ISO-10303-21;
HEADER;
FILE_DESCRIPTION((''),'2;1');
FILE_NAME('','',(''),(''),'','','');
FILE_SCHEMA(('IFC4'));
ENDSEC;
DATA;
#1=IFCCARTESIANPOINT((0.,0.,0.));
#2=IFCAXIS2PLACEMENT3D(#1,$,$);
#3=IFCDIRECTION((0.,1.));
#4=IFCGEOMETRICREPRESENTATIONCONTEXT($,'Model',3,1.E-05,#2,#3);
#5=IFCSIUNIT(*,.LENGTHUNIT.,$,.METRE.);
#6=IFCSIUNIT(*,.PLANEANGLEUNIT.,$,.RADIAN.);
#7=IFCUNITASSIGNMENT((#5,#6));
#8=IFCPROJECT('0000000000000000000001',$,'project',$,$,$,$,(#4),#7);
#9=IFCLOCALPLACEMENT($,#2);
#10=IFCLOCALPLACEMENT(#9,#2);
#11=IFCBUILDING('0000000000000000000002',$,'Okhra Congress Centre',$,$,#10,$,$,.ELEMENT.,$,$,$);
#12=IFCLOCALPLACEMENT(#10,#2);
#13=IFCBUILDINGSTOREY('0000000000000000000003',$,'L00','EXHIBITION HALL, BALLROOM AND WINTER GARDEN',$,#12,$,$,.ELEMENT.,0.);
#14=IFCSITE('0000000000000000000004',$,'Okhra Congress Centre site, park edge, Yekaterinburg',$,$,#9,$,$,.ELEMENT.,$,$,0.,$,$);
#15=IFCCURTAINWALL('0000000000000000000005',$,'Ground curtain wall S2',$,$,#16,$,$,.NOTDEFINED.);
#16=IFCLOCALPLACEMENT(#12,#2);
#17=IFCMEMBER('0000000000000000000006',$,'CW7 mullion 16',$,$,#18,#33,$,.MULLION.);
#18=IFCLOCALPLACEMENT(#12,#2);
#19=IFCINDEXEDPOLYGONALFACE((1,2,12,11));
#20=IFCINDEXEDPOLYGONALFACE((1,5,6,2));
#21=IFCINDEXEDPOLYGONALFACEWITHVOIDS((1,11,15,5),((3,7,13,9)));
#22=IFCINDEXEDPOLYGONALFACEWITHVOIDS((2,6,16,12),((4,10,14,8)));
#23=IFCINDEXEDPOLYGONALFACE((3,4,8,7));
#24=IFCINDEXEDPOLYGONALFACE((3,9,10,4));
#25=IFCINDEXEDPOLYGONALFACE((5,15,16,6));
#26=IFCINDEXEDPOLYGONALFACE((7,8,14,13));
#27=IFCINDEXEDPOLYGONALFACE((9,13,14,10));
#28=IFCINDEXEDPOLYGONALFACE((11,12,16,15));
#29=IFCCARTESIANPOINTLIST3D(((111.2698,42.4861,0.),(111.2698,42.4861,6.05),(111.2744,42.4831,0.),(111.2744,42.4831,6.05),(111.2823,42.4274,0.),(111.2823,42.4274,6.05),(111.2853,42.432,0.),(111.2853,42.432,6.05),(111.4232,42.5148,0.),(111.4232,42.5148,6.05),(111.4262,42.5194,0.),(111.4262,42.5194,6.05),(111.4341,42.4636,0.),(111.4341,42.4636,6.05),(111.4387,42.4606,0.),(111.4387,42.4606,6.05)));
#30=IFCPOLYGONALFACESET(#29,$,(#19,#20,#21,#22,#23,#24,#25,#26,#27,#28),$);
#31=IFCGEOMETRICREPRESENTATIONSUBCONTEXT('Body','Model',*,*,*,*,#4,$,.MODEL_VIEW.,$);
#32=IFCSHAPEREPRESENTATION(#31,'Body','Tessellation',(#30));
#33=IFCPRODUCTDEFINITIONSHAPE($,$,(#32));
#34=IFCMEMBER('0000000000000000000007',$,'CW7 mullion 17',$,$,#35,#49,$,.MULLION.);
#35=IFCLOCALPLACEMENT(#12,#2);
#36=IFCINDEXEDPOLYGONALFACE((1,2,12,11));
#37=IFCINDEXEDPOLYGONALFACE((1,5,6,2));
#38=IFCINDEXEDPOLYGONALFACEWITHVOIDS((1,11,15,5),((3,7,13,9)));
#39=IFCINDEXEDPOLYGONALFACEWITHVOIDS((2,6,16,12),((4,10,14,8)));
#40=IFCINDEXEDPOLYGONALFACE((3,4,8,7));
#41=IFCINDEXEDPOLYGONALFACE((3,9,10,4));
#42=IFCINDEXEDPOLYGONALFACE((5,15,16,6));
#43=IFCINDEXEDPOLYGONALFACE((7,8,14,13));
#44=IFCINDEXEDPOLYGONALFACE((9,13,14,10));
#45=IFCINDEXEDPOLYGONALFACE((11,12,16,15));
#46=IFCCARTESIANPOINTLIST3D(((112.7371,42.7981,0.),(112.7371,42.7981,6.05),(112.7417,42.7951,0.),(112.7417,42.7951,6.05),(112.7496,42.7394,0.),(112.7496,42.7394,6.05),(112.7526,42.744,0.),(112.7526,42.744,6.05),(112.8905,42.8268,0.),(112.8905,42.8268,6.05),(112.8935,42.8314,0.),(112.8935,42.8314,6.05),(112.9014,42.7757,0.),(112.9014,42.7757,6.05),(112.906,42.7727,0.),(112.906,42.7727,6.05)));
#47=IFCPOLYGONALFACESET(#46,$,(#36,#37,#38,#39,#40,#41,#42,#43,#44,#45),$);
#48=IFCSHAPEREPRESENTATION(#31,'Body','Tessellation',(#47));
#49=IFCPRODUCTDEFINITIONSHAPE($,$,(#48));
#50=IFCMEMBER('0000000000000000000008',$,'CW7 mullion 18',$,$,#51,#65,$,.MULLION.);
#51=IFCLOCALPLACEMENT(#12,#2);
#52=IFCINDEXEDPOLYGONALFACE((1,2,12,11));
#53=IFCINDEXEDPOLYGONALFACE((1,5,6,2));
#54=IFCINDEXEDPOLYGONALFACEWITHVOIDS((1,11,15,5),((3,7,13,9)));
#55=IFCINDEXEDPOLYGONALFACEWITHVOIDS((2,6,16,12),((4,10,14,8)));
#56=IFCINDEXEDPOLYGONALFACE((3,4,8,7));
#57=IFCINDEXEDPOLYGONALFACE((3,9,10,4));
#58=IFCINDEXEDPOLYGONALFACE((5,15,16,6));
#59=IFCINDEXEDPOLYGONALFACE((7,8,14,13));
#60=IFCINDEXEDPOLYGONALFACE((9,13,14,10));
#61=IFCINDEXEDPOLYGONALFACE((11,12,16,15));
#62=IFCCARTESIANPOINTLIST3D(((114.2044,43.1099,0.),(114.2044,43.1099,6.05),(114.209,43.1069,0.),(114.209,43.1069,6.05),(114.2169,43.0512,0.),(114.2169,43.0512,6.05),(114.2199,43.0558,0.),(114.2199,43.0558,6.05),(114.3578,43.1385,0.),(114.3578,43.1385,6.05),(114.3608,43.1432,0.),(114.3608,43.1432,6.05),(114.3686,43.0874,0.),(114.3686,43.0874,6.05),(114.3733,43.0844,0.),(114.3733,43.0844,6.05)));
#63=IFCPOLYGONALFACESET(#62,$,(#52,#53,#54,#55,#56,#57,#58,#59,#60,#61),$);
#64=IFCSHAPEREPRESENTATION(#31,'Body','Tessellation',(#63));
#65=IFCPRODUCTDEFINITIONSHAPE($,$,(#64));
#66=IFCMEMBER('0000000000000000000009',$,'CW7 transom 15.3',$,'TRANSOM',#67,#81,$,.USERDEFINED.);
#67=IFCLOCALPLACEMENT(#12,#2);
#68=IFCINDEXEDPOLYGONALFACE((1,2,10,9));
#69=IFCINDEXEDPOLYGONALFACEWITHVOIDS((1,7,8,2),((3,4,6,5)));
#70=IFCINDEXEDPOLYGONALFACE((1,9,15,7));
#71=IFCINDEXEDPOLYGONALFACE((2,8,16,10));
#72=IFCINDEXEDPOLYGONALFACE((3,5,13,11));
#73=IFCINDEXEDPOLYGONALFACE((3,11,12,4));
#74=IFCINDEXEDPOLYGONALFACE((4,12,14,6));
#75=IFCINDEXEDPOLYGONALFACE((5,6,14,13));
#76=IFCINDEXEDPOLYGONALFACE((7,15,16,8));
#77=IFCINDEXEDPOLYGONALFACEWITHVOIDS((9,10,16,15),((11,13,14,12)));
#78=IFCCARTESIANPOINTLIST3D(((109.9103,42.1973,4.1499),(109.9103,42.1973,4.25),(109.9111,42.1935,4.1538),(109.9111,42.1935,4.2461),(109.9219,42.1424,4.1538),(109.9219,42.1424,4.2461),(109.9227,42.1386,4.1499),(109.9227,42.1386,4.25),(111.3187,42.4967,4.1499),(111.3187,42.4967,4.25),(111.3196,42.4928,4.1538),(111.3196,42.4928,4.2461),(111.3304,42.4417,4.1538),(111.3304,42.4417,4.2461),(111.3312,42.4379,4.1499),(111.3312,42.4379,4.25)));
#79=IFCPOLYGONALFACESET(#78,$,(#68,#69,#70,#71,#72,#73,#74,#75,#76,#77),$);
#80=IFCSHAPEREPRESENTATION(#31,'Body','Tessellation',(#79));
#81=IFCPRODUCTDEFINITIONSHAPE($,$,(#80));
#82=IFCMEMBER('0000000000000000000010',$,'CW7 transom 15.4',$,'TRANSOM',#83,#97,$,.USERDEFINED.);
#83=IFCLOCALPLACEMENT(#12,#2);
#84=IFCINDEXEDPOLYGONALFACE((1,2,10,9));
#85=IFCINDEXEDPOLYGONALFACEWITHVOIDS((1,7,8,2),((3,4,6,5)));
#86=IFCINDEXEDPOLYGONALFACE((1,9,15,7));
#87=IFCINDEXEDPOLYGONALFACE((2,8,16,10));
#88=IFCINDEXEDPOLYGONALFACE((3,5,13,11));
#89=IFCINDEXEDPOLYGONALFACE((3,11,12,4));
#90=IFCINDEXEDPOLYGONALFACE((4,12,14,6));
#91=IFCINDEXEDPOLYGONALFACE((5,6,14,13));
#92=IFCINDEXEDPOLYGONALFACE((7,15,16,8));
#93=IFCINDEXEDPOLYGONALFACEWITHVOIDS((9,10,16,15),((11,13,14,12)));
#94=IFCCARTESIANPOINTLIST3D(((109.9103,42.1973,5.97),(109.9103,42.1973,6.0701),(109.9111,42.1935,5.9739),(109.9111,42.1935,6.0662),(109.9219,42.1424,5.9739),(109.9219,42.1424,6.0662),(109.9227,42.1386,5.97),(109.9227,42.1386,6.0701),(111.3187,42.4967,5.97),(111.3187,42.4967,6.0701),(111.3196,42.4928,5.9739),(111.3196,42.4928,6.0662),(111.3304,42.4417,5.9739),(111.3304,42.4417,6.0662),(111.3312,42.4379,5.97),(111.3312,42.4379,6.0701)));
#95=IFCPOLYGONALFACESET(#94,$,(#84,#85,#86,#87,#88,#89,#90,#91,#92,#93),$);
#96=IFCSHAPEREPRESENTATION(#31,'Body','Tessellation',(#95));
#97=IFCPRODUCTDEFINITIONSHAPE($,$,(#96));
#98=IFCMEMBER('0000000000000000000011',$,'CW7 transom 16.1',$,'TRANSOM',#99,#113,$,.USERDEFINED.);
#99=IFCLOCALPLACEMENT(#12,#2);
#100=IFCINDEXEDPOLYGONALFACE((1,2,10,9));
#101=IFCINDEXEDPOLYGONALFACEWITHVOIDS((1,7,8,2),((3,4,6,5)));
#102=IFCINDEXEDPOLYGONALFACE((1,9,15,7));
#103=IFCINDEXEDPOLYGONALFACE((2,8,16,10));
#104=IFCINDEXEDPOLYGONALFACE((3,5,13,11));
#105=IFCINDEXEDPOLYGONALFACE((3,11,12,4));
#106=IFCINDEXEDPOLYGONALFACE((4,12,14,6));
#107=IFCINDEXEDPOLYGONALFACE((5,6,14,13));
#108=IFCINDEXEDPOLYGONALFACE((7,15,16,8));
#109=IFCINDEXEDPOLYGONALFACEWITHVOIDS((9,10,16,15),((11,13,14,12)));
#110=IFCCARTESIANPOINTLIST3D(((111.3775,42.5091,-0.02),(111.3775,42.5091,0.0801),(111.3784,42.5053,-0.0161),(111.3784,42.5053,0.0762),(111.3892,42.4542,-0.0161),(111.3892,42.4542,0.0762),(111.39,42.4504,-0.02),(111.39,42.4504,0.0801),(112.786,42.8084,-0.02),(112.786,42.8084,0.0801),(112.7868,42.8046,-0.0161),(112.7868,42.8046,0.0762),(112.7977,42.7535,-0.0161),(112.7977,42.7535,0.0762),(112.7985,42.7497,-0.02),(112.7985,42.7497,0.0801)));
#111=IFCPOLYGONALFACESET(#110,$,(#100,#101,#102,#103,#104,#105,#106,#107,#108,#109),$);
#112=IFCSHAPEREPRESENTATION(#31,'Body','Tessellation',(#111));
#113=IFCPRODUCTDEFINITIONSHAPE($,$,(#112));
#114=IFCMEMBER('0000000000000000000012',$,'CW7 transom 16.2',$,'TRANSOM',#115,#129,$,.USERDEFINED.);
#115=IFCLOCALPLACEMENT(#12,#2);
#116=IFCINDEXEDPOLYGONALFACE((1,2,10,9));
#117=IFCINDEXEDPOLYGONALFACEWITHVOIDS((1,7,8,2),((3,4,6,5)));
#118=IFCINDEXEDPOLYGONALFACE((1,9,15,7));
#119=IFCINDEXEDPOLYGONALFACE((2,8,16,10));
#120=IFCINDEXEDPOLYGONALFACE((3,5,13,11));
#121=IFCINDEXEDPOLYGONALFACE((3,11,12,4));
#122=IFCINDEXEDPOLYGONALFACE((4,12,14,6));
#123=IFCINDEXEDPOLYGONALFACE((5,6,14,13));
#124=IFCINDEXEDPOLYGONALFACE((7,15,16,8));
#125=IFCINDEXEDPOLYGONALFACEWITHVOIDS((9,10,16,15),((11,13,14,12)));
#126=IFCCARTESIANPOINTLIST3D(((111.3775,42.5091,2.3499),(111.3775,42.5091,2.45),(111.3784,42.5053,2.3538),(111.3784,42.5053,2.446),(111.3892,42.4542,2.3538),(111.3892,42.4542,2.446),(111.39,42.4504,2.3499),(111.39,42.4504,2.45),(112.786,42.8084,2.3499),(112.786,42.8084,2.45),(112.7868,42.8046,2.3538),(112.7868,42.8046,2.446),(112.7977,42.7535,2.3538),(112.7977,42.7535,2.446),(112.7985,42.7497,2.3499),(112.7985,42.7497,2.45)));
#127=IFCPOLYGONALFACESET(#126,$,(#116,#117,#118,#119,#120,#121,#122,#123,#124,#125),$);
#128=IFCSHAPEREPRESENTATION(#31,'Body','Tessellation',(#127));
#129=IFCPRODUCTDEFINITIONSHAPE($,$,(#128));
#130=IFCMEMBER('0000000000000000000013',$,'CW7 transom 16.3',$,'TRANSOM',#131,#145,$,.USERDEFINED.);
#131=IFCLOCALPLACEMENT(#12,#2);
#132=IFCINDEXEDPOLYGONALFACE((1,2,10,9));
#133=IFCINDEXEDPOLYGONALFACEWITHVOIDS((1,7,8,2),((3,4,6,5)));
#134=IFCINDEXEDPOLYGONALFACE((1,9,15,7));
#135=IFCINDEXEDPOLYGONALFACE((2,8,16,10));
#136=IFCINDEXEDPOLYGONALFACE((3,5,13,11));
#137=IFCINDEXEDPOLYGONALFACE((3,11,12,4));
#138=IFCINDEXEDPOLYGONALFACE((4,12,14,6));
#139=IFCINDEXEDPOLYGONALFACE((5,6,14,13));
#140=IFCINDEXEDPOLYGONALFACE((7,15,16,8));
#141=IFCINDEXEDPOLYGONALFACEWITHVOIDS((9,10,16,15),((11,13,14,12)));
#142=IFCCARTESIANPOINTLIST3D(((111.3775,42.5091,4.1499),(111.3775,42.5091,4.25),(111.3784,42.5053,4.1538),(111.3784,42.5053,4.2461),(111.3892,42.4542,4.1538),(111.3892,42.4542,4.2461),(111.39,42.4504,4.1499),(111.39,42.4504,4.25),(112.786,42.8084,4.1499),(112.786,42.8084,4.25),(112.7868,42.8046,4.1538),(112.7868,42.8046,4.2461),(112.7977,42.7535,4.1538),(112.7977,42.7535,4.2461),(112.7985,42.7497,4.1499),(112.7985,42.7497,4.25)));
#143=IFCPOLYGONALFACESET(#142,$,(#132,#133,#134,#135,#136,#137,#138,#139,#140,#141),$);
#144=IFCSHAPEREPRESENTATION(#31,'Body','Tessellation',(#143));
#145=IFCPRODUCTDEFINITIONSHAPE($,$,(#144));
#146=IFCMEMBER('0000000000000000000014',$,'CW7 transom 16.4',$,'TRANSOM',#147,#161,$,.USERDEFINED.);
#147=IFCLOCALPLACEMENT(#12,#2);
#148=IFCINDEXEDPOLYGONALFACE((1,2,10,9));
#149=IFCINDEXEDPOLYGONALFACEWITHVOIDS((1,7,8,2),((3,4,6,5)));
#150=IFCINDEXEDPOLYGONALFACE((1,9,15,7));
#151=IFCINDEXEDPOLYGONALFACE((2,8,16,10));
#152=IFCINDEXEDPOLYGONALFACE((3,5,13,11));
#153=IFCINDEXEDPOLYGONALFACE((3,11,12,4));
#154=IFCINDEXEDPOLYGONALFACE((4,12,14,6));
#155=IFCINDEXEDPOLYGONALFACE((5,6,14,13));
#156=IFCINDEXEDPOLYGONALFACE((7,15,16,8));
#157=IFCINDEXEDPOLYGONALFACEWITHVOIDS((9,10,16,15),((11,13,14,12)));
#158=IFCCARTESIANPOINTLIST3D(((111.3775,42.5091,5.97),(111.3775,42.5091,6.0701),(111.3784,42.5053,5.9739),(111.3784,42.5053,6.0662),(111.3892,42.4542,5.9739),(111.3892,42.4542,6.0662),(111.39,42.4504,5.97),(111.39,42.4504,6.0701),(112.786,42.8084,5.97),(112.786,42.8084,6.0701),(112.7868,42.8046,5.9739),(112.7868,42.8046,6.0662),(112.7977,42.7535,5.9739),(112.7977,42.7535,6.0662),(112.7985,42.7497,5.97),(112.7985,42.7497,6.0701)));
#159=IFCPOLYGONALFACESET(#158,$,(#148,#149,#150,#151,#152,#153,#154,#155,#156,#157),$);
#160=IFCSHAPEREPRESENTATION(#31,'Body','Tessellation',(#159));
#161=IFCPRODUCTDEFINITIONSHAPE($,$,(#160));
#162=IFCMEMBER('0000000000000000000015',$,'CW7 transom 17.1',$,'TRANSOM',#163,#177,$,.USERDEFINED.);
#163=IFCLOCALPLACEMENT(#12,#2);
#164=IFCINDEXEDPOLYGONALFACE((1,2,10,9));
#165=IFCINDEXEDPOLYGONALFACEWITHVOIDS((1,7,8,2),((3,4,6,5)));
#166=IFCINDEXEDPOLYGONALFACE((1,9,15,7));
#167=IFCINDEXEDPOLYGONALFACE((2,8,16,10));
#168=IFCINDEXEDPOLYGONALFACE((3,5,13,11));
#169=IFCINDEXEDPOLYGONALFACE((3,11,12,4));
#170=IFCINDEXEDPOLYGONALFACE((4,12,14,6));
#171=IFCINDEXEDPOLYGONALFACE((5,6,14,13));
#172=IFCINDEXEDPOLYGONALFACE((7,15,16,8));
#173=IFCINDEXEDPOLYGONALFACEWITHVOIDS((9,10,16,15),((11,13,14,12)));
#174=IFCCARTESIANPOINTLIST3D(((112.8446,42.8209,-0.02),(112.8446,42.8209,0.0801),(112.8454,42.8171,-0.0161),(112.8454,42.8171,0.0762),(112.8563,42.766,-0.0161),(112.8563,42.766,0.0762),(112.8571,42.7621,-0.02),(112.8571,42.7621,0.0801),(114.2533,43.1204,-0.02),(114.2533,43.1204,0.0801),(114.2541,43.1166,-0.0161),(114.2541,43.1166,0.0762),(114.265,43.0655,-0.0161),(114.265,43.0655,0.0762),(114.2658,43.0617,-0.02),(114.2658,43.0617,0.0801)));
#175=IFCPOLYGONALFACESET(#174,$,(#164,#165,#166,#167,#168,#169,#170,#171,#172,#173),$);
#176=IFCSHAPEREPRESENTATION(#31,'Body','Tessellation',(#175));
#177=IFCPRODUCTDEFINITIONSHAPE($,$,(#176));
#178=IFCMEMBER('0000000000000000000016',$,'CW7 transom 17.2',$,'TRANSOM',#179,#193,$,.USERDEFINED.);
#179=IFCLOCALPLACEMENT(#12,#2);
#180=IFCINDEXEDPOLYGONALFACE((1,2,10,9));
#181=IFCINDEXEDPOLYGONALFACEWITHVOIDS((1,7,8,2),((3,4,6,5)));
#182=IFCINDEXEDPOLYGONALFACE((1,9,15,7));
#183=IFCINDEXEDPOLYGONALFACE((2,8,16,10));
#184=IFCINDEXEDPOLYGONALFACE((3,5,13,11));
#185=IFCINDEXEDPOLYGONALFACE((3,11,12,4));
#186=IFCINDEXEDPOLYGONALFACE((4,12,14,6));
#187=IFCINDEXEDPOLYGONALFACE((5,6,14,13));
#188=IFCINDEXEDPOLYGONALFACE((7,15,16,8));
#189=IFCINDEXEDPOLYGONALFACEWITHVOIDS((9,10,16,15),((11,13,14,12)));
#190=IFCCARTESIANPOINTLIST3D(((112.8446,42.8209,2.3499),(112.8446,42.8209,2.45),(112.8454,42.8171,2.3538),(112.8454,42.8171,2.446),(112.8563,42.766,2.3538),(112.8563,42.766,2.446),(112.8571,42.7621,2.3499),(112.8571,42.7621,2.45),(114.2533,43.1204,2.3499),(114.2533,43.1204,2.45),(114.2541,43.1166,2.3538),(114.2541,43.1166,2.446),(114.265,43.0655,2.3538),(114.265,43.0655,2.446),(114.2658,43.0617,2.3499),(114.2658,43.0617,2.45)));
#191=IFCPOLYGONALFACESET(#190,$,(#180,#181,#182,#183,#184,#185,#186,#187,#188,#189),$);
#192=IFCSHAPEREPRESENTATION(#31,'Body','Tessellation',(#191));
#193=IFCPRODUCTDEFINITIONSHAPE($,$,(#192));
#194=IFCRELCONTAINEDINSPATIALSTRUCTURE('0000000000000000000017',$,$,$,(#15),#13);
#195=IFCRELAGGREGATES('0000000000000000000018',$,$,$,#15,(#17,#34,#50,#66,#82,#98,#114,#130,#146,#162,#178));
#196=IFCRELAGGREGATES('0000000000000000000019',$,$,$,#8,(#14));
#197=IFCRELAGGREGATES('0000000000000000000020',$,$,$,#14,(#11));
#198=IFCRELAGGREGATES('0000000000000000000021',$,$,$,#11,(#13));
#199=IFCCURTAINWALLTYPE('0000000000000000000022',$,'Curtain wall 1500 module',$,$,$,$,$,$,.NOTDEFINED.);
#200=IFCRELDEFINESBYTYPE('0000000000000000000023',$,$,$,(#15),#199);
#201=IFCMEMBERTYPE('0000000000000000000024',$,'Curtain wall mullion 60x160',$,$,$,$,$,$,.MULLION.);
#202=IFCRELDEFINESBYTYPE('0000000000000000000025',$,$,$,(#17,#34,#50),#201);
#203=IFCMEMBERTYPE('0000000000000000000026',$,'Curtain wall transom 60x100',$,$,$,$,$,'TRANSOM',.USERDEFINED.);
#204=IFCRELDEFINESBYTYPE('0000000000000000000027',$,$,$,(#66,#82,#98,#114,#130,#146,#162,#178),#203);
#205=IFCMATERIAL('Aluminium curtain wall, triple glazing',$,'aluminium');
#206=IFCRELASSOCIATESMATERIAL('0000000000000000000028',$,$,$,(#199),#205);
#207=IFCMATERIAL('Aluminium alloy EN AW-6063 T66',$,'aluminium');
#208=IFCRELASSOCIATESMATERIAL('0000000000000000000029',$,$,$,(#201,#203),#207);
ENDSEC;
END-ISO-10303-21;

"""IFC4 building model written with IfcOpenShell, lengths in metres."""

from ifc_helpers import new_model, si_unit, direction, frame, origin, origin_2d, place, context, subcontext, project, spatial, hollow_rectangle, extrude, material, material_profile, profile_set, type_object, element, aggregate, save


model = new_model("IFC4")

# Units and contexts
model_context = context("Model", 3, precision=1e-05, world=origin(), true_north=direction((0.0, 1.0)))
body_context = subcontext(model_context, "Body", "Model", "MODEL_VIEW")
ifc_project = project(units=[si_unit("LENGTHUNIT", "METRE"), si_unit("PLANEANGLEUNIT", "RADIAN")], contexts=[model_context])

# Site, building, storey
site_placement = place(None, origin())
site = spatial("IfcSite", under=ifc_project, at=site_placement, Name="Okhra Congress Centre site, park edge, Yekaterinburg", CompositionType="ELEMENT", RefElevation=0.0)
building_placement = place(site_placement, origin())
building = spatial("IfcBuilding", under=site, at=building_placement, Name="Okhra Congress Centre", CompositionType="ELEMENT")
storey_placement = place(building_placement, origin())
storey = spatial("IfcBuildingStorey", under=building, at=storey_placement, Name="L00", Description="EXHIBITION HALL, BALLROOM AND WINTER GARDEN", CompositionType="ELEMENT", Elevation=0.0)

# Curtain wall, members
ifc_material_1 = material(Name="Aluminium curtain wall, triple glazing", Category="aluminium")
curtain_wall_type = type_object("IfcCurtainWallType", Name="Curtain wall 1500 module", PredefinedType="NOTDEFINED", material=ifc_material_1)
curtain_wall_placement = place(storey_placement, origin())
curtain_wall = element("IfcCurtainWall", 1, at=curtain_wall_placement, inside=storey, type_object=curtain_wall_type, Name="Ground curtain wall S2", PredefinedType="NOTDEFINED")
ifc_material_2 = material(Name="Aluminium alloy EN AW-6063 T66", Category="aluminium")
ifc_material_profile_1 = material_profile(ifc_material_2, hollow_rectangle(XDim=0.0601, YDim=0.1599, WallThickness=0.0039, at=origin_2d()), Name="RHS 60x160x4")
ifc_profile_set_1 = profile_set([ifc_material_profile_1], Name="Aluminium alloy EN AW-6063 T66")
member_type_1 = type_object("IfcMemberType", Name="Curtain wall mullion 60x160", PredefinedType="MULLION", material=ifc_profile_set_1)
member_1_placement = place(storey_placement, frame((111.3542, 42.4734, 0.0), z_axis=(0.0, 0.0, 1.0), x_axis=(-0.207912, 0.978148, 0.0)))
member_1 = element("IfcMember", 2, at=member_1_placement, type_object=member_type_1, Name="CW7 mullion 16", PredefinedType="MULLION", context=body_context, shape_type="SweptSolid", body=[
    extrude(hollow_rectangle(XDim=0.0601, YDim=0.1599, WallThickness=0.0039, at=origin_2d()), origin(), (0.0, 0.0, 1.0), 6.05),
])
member_2_placement = place(storey_placement, frame((112.8215, 42.7854, 0.0), z_axis=(0.0, 0.0, 1.0), x_axis=(-0.207912, 0.978148, 0.0)))
member_2 = element("IfcMember", 3, at=member_2_placement, type_object=member_type_1, Name="CW7 mullion 17", PredefinedType="MULLION", context=body_context, shape_type="SweptSolid", body=[
    extrude(hollow_rectangle(XDim=0.0601, YDim=0.1599, WallThickness=0.0039, at=origin_2d()), origin(), (0.0, 0.0, 1.0), 6.05),
])
member_3_placement = place(storey_placement, frame((114.2888, 43.0972, 0.0), z_axis=(0.0, 0.0, 1.0), x_axis=(-0.207912, 0.978148, 0.0)))
member_3 = element("IfcMember", 4, at=member_3_placement, type_object=member_type_1, Name="CW7 mullion 18", PredefinedType="MULLION", context=body_context, shape_type="SweptSolid", body=[
    extrude(hollow_rectangle(XDim=0.0601, YDim=0.1599, WallThickness=0.0039, at=origin_2d()), origin(), (0.0, 0.0, 1.0), 6.05),
])
ifc_material_profile_2 = material_profile(ifc_material_2, hollow_rectangle(XDim=0.0601, YDim=0.1001, WallThickness=0.0039, at=origin_2d()), Name="RHS 60x100x4")
ifc_profile_set_2 = profile_set([ifc_material_profile_2], Name="Aluminium alloy EN AW-6063 T66")
member_type_2 = type_object("IfcMemberType", Name="Curtain wall transom 60x100", ElementType="TRANSOM", PredefinedType="USERDEFINED", material=ifc_profile_set_2)
member_4_placement = place(storey_placement, frame((109.9165, 42.168, 4.2), z_axis=(0.978156, 0.207873, 0.0), x_axis=(-0.207873, 0.978156, 0.0)))
member_4 = element("IfcMember", 5, at=member_4_placement, type_object=member_type_2, Name="CW7 transom 15.3", ObjectType="TRANSOM", PredefinedType="USERDEFINED", context=body_context, shape_type="SweptSolid", body=[
    extrude(hollow_rectangle(XDim=0.0601, YDim=0.1001, WallThickness=0.0039, at=origin_2d()), origin(), (0.0, 0.0, 1.0), 1.4399),
])
member_5_placement = place(storey_placement, frame((109.9165, 42.168, 6.02), z_axis=(0.978156, 0.207873, 0.0), x_axis=(-0.207873, 0.978156, 0.0)))
member_5 = element("IfcMember", 6, at=member_5_placement, type_object=member_type_2, Name="CW7 transom 15.4", ObjectType="TRANSOM", PredefinedType="USERDEFINED", context=body_context, shape_type="SweptSolid", body=[
    extrude(hollow_rectangle(XDim=0.0601, YDim=0.1001, WallThickness=0.0039, at=origin_2d()), origin(), (0.0, 0.0, 1.0), 1.4399),
])
member_6_placement = place(storey_placement, frame((111.3838, 42.4797, 0.03), z_axis=(0.978156, 0.207873, 0.0), x_axis=(-0.207873, 0.978156, 0.0)))
member_6 = element("IfcMember", 7, at=member_6_placement, type_object=member_type_2, Name="CW7 transom 16.1", ObjectType="TRANSOM", PredefinedType="USERDEFINED", context=body_context, shape_type="SweptSolid", body=[
    extrude(hollow_rectangle(XDim=0.0601, YDim=0.1001, WallThickness=0.0039, at=origin_2d()), origin(), (0.0, 0.0, 1.0), 1.4399),
])
member_7_placement = place(storey_placement, frame((111.3838, 42.4797, 2.3999), z_axis=(0.978156, 0.207873, 0.0), x_axis=(-0.207873, 0.978156, 0.0)))
member_7 = element("IfcMember", 8, at=member_7_placement, type_object=member_type_2, Name="CW7 transom 16.2", ObjectType="TRANSOM", PredefinedType="USERDEFINED", context=body_context, shape_type="SweptSolid", body=[
    extrude(hollow_rectangle(XDim=0.0601, YDim=0.1001, WallThickness=0.0039, at=origin_2d()), origin(), (0.0, 0.0, 1.0), 1.4399),
])
member_8_placement = place(storey_placement, frame((111.3838, 42.4797, 4.2), z_axis=(0.978156, 0.207873, 0.0), x_axis=(-0.207873, 0.978156, 0.0)))
member_8 = element("IfcMember", 9, at=member_8_placement, type_object=member_type_2, Name="CW7 transom 16.3", ObjectType="TRANSOM", PredefinedType="USERDEFINED", context=body_context, shape_type="SweptSolid", body=[
    extrude(hollow_rectangle(XDim=0.0601, YDim=0.1001, WallThickness=0.0039, at=origin_2d()), origin(), (0.0, 0.0, 1.0), 1.4399),
])
member_9_placement = place(storey_placement, frame((111.3838, 42.4797, 6.02), z_axis=(0.978156, 0.207873, 0.0), x_axis=(-0.207873, 0.978156, 0.0)))
member_9 = element("IfcMember", 10, at=member_9_placement, type_object=member_type_2, Name="CW7 transom 16.4", ObjectType="TRANSOM", PredefinedType="USERDEFINED", context=body_context, shape_type="SweptSolid", body=[
    extrude(hollow_rectangle(XDim=0.0601, YDim=0.1001, WallThickness=0.0039, at=origin_2d()), origin(), (0.0, 0.0, 1.0), 1.4399),
])
member_10_placement = place(storey_placement, frame((112.8508, 42.7915, 0.03), z_axis=(0.978129, 0.208001, 0.0), x_axis=(-0.208001, 0.978129, 0.0)))
member_10 = element("IfcMember", 11, at=member_10_placement, type_object=member_type_2, Name="CW7 transom 17.1", ObjectType="TRANSOM", PredefinedType="USERDEFINED", context=body_context, shape_type="SweptSolid", body=[
    extrude(hollow_rectangle(XDim=0.0601, YDim=0.1001, WallThickness=0.0039, at=origin_2d()), origin(), (0.0, 0.0, 1.0), 1.4402),
])
member_11_placement = place(storey_placement, frame((112.8508, 42.7915, 2.3999), z_axis=(0.978129, 0.208001, 0.0), x_axis=(-0.208001, 0.978129, 0.0)))
member_11 = element("IfcMember", 12, at=member_11_placement, type_object=member_type_2, Name="CW7 transom 17.2", ObjectType="TRANSOM", PredefinedType="USERDEFINED", context=body_context, shape_type="SweptSolid", body=[
    extrude(hollow_rectangle(XDim=0.0601, YDim=0.1001, WallThickness=0.0039, at=origin_2d()), origin(), (0.0, 0.0, 1.0), 1.4402),
])
aggregate(curtain_wall, [member_1, member_2, member_3, member_4, member_5, member_6, member_7, member_8, member_9, member_10, member_11])

save(model, "model.ifc")
